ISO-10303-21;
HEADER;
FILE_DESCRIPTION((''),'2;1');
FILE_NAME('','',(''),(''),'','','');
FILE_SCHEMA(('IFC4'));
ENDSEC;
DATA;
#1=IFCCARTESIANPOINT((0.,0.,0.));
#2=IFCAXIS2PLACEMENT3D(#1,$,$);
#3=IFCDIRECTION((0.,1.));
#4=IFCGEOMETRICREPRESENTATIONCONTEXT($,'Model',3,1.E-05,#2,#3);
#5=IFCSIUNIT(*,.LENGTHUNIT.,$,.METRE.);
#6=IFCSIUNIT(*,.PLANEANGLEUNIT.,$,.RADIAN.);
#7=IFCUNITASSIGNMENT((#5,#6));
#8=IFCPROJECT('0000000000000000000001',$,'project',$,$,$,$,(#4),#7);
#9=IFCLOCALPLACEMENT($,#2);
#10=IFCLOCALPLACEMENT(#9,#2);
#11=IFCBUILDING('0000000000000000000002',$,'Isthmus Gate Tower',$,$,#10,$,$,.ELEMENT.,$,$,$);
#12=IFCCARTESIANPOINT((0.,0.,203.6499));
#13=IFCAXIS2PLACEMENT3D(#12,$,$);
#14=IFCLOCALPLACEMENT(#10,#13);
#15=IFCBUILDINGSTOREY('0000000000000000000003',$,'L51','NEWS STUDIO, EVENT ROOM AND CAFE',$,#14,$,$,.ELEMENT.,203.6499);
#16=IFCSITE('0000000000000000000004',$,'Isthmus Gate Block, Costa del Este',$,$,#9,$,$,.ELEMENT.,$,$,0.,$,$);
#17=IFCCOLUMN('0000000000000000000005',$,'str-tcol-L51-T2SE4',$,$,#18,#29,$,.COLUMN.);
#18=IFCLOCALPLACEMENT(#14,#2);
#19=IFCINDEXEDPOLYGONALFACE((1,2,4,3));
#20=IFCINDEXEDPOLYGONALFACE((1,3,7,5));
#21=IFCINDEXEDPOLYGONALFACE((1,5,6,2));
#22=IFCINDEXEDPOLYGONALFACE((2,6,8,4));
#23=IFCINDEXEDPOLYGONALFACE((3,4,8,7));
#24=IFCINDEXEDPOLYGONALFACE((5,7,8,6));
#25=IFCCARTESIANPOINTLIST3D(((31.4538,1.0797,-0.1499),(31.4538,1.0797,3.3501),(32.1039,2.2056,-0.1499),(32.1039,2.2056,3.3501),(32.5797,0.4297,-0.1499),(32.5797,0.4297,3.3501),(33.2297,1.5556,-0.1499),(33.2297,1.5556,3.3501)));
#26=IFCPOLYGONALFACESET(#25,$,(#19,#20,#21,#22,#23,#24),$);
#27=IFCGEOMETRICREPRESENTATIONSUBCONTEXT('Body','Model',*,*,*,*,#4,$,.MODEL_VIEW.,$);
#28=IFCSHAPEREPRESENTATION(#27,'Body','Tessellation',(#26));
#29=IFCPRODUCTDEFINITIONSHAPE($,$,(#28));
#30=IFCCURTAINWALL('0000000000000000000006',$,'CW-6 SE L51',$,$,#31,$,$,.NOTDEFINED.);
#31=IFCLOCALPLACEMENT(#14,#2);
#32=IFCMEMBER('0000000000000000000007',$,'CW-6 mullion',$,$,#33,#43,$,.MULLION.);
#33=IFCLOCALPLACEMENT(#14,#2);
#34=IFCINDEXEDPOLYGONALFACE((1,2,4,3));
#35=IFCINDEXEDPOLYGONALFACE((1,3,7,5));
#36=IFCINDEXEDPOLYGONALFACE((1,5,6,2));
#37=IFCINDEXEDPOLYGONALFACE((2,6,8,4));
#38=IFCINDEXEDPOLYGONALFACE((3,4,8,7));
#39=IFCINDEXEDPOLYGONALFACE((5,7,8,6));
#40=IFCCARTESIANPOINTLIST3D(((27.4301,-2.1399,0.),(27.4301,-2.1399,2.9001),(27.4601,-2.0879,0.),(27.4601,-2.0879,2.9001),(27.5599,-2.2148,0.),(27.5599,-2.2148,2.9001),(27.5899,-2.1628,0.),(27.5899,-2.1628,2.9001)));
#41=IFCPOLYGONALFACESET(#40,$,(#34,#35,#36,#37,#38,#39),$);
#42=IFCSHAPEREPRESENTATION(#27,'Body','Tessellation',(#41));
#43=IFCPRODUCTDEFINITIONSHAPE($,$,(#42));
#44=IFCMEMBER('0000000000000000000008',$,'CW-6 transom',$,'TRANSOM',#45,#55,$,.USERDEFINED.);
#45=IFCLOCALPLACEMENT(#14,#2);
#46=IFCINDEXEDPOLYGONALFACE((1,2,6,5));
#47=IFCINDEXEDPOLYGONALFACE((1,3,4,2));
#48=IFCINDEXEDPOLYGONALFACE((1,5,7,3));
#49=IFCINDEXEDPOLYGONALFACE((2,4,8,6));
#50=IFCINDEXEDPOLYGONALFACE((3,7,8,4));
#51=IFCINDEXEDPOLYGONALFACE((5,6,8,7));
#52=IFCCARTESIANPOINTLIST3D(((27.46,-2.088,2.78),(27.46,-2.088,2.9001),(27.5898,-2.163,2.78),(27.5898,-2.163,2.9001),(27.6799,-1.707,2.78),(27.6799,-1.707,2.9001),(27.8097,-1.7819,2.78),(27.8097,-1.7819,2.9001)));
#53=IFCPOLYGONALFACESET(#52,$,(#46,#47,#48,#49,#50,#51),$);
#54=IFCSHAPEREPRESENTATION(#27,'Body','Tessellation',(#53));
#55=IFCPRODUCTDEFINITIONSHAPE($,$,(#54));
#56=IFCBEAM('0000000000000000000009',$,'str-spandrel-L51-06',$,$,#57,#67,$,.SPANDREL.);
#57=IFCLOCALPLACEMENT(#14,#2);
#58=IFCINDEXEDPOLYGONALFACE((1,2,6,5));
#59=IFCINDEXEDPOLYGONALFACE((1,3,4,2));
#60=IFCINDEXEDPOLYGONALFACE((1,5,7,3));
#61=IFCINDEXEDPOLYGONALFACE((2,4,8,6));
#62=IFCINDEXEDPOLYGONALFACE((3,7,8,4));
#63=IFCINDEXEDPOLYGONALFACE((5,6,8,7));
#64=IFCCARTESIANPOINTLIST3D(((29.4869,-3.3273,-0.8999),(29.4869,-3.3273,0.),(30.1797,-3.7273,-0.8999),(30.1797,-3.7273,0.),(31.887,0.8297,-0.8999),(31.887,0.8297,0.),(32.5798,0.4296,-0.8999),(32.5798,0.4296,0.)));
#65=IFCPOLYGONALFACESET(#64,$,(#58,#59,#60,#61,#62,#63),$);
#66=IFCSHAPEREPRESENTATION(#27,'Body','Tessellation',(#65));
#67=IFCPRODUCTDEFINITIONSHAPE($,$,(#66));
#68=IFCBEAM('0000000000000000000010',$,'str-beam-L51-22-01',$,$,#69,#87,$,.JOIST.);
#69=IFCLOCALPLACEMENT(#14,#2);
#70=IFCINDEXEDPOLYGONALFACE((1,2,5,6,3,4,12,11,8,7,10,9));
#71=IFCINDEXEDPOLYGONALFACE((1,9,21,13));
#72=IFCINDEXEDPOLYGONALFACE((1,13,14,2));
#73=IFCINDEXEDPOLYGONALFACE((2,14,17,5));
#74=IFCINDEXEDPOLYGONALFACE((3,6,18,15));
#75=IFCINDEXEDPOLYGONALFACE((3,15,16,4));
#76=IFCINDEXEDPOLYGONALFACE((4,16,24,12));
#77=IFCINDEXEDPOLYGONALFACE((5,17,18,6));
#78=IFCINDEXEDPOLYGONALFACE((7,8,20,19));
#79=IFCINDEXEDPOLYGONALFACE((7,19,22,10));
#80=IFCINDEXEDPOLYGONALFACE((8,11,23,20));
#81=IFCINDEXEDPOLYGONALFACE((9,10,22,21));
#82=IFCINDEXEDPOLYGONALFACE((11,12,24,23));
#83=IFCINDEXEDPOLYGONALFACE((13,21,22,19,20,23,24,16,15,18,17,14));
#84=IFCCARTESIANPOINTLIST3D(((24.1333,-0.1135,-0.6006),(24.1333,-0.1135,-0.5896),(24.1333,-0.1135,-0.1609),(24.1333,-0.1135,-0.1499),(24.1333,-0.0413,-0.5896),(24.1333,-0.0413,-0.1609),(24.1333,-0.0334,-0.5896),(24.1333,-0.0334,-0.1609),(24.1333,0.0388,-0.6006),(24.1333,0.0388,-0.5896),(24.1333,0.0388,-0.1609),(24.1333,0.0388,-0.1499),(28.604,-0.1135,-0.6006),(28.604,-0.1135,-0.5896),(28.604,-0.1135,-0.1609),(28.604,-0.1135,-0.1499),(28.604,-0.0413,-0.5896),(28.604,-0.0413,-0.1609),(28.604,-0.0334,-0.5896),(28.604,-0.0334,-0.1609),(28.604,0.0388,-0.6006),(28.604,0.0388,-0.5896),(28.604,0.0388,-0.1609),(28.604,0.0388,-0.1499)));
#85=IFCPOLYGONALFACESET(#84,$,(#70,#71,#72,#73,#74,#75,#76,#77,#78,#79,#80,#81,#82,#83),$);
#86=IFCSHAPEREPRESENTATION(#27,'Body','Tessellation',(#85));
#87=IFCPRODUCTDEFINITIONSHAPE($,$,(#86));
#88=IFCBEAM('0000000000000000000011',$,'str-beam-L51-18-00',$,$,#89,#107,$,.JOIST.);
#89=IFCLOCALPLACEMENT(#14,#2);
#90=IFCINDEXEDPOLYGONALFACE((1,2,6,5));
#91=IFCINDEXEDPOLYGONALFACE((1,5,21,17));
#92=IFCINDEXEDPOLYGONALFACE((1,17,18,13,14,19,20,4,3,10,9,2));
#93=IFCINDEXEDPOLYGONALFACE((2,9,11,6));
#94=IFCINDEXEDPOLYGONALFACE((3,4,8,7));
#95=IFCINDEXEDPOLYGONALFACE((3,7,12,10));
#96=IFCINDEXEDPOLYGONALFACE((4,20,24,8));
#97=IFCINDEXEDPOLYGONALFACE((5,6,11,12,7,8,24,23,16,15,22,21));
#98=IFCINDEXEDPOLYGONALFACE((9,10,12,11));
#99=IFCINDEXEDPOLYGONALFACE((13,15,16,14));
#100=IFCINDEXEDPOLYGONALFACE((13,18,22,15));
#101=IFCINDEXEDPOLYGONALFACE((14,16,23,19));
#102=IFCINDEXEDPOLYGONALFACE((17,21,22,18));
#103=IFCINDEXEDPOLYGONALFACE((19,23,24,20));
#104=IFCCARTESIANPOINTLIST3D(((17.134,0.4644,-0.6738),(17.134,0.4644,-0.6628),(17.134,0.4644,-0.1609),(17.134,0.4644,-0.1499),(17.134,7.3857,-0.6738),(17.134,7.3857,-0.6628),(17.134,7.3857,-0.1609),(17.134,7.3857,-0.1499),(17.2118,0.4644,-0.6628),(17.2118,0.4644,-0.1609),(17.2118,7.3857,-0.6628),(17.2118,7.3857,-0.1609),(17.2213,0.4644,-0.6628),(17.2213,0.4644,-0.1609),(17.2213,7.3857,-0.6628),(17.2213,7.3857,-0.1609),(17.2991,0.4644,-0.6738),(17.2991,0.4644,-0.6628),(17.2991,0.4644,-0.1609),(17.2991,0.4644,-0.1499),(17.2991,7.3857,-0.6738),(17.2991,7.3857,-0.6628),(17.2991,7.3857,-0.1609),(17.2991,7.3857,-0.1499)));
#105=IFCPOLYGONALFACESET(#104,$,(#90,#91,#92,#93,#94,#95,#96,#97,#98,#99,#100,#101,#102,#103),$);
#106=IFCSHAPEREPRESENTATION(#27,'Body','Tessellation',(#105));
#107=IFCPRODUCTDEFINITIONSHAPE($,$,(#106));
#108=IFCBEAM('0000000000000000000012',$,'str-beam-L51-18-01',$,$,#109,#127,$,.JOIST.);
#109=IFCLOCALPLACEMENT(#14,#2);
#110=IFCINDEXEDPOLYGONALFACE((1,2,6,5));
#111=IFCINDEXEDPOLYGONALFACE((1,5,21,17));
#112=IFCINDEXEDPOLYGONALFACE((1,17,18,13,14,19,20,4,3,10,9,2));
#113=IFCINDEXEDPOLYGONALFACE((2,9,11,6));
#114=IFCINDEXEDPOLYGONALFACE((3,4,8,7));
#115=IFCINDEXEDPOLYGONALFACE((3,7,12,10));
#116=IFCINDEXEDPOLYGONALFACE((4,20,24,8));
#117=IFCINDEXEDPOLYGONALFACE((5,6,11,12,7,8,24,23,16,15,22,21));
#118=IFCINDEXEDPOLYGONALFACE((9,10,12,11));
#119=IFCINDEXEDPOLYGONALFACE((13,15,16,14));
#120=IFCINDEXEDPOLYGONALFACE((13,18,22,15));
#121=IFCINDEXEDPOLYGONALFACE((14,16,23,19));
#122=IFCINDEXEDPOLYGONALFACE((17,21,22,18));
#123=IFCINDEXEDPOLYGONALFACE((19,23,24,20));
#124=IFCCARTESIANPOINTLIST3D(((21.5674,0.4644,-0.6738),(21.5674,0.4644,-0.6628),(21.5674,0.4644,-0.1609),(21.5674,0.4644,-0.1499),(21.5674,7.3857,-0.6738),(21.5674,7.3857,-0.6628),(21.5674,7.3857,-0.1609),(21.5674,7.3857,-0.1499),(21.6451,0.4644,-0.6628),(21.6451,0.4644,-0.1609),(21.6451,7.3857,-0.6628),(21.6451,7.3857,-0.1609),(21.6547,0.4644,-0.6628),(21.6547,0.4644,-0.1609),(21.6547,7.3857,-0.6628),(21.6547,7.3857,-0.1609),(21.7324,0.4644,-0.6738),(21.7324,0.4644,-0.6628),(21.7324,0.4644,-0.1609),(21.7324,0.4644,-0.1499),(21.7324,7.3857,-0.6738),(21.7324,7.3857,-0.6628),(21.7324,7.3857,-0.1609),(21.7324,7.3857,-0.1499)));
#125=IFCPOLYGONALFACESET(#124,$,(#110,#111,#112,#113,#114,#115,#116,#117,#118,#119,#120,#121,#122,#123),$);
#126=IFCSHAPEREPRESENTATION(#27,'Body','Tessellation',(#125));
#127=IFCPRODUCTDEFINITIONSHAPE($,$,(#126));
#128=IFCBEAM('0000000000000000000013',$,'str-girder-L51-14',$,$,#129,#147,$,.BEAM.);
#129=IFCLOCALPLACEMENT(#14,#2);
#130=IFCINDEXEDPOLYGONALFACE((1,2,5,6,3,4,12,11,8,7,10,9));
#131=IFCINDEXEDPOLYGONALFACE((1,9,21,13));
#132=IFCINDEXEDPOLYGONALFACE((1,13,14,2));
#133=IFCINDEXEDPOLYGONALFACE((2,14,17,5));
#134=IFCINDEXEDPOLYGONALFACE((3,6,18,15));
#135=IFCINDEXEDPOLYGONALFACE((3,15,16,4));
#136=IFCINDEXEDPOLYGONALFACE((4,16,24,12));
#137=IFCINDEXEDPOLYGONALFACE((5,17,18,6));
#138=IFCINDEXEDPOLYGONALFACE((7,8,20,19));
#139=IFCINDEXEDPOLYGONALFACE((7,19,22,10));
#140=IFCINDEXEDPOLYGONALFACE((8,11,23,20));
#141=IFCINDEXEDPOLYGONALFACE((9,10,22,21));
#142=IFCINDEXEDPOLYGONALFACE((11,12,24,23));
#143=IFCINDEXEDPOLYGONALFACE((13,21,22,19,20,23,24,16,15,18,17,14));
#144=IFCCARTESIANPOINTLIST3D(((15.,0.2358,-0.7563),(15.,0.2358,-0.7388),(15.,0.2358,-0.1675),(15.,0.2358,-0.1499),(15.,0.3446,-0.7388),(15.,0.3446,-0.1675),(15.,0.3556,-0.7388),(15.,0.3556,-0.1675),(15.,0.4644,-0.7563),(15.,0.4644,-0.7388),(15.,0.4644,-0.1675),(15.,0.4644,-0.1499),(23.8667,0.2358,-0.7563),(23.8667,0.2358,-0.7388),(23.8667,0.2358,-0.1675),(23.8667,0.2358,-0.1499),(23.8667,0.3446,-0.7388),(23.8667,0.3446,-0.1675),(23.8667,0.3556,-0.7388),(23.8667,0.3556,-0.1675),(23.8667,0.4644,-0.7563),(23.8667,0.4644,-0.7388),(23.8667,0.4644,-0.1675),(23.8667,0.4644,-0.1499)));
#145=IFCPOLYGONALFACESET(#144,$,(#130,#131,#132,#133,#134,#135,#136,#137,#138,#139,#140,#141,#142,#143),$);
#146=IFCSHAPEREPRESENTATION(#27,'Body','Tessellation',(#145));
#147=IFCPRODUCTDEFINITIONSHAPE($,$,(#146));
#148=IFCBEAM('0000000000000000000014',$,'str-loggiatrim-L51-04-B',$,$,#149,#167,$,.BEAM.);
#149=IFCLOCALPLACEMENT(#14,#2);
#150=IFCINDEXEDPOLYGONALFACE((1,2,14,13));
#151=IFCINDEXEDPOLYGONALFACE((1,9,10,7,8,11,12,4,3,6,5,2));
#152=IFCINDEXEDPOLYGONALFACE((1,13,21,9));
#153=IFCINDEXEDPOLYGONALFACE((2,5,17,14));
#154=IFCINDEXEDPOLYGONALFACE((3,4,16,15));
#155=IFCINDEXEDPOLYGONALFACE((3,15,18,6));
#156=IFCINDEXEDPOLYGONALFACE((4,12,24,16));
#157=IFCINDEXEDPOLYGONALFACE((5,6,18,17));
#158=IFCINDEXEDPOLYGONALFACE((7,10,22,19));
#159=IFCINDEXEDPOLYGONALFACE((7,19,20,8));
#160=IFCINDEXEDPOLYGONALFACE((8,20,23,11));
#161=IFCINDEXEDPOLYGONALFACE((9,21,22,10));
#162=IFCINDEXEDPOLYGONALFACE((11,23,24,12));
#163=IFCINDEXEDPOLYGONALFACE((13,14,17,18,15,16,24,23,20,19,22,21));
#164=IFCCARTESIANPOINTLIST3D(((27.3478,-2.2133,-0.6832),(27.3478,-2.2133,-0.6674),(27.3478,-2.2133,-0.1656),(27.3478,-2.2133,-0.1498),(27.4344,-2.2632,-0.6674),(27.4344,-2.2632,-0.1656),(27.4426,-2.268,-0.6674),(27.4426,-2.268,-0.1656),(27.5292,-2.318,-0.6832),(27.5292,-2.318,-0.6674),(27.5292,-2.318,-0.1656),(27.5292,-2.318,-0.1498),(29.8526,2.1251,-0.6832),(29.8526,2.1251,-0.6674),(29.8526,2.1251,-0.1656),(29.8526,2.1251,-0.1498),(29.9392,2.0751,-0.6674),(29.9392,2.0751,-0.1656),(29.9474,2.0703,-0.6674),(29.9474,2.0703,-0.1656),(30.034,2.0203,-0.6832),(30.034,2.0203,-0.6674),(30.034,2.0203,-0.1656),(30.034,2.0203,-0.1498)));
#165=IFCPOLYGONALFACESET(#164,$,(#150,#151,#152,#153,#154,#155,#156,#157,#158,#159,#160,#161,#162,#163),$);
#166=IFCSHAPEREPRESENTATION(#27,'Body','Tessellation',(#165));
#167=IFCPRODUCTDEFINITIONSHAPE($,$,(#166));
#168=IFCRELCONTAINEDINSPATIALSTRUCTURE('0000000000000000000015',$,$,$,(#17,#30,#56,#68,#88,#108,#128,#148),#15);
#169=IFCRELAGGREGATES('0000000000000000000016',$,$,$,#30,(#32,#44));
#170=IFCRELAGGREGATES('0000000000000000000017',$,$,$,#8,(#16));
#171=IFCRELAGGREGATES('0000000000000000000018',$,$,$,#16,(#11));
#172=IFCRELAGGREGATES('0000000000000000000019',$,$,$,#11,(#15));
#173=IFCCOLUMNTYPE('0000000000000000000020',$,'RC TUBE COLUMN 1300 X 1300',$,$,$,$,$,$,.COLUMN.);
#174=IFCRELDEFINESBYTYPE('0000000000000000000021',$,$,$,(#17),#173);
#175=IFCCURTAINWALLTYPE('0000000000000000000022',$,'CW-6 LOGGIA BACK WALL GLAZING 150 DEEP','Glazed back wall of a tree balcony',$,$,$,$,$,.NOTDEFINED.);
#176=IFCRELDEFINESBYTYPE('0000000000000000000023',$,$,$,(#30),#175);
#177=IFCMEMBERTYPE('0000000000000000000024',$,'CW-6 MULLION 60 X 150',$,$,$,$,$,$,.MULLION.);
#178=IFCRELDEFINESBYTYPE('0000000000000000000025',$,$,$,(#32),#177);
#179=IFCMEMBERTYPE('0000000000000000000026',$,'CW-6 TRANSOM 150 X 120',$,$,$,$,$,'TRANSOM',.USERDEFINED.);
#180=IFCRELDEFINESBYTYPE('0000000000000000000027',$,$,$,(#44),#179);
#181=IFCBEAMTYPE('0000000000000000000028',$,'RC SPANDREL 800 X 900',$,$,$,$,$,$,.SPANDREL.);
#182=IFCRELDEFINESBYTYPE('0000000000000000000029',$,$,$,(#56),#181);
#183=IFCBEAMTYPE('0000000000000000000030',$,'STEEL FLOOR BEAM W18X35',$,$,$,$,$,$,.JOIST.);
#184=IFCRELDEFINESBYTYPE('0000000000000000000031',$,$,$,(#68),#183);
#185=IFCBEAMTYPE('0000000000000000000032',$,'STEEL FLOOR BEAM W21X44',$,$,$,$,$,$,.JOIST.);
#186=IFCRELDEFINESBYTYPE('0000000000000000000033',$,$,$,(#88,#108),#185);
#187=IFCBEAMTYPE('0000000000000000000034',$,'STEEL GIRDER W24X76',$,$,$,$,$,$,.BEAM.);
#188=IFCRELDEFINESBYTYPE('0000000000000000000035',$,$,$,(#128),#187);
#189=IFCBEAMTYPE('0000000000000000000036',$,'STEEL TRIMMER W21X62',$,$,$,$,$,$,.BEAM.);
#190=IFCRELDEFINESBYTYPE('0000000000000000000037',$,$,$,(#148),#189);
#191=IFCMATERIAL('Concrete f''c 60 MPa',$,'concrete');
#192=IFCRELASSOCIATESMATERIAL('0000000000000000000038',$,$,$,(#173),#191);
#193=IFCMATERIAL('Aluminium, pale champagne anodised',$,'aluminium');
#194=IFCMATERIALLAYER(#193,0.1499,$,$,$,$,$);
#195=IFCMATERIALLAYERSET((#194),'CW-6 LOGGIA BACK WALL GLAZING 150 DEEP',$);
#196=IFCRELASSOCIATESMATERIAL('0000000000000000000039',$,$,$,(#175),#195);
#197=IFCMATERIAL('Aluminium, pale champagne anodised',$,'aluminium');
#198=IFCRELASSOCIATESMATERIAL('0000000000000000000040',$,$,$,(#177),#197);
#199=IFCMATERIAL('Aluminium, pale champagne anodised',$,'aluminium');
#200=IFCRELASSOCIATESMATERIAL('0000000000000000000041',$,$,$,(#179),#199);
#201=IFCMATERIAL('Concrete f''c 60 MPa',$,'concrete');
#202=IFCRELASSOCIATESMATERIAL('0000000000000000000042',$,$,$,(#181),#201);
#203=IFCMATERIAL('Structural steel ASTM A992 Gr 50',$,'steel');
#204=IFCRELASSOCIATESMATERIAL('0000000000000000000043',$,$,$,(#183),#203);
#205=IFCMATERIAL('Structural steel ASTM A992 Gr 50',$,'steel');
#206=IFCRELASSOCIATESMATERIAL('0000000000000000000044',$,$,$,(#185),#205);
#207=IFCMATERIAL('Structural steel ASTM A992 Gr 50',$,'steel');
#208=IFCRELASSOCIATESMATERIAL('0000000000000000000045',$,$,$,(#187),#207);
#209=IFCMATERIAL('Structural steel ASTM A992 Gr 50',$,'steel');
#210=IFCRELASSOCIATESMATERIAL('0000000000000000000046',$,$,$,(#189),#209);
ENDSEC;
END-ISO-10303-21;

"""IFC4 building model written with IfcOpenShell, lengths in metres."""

from ifc_helpers import new_model, si_unit, direction, frame, origin, origin_2d, place, context, subcontext, project, spatial, rectangle, i_section, extrude, material, layer, layer_set, material_profile, profile_set, type_object, element, aggregate, save


model = new_model("IFC4")

# Units and contexts
model_context = context("Model", 3, precision=1e-05, world=origin(), true_north=direction((0.0, 1.0)))
body_context = subcontext(model_context, "Body", "Model", "MODEL_VIEW")
ifc_project = project(units=[si_unit("LENGTHUNIT", "METRE"), si_unit("PLANEANGLEUNIT", "RADIAN")], contexts=[model_context])

# Site, building, storey
site_placement = place(None, origin())
site = spatial("IfcSite", under=ifc_project, at=site_placement, Name="Isthmus Gate Block, Costa del Este", CompositionType="ELEMENT", RefElevation=0.0)
building_placement = place(site_placement, origin())
building = spatial("IfcBuilding", under=site, at=building_placement, Name="Isthmus Gate Tower", CompositionType="ELEMENT")
storey_placement = place(building_placement, frame((0.0, 0.0, 203.6499)))
storey = spatial("IfcBuildingStorey", under=building, at=storey_placement, Name="L51", Description="NEWS STUDIO, EVENT ROOM AND CAFE", CompositionType="ELEMENT", Elevation=203.6499)

# Column
ifc_material_1 = material(Name="Concrete f'c 60 MPa", Category="concrete")
ifc_material_profile_1 = material_profile(ifc_material_1, rectangle(XDim=1.3, YDim=1.3, at=origin_2d()), Name="RC 1300X1300")
ifc_profile_set_1 = profile_set([ifc_material_profile_1], Name="Concrete f'c 60 MPa")
column_type = type_object("IfcColumnType", Name="RC TUBE COLUMN 1300 X 1300", PredefinedType="COLUMN", material=ifc_profile_set_1)
column_placement = place(storey_placement, frame((32.3418, 1.3176, -0.1499), z_axis=(0.0, 0.0, 1.0), x_axis=(0.5, 0.866025, 0.0)))
element("IfcColumn", 1, at=column_placement, inside=storey, type_object=column_type, Name="str-tcol-L51-T2SE4", PredefinedType="COLUMN", context=body_context, shape_type="SweptSolid", body=[
    extrude(rectangle(XDim=1.3, YDim=1.3, at=origin_2d()), origin(), (0.0, 0.0, 1.0), 3.5),
])

# Curtain wall, members
ifc_material_2 = material(Name="Aluminium, pale champagne anodised", Category="aluminium")
ifc_layer_1 = layer(ifc_material_2, 0.1499)
ifc_layer_set_1 = layer_set([ifc_layer_1], Name="CW-6 LOGGIA BACK WALL GLAZING 150 DEEP")
curtain_wall_type = type_object("IfcCurtainWallType", Name="CW-6 LOGGIA BACK WALL GLAZING 150 DEEP", Description="Glazed back wall of a tree balcony", PredefinedType="NOTDEFINED", material=ifc_layer_set_1)
curtain_wall_placement = place(storey_placement, origin())
curtain_wall = element("IfcCurtainWall", 2, at=curtain_wall_placement, inside=storey, type_object=curtain_wall_type, Name="CW-6 SE L51", PredefinedType="NOTDEFINED")
ifc_material_3 = material(Name="Aluminium, pale champagne anodised", Category="aluminium")
ifc_material_profile_2 = material_profile(ifc_material_3, rectangle(XDim=0.0601, YDim=0.1499, at=origin_2d()), Name="60x150")
ifc_profile_set_2 = profile_set([ifc_material_profile_2], Name="Aluminium, pale champagne anodised")
member_type_1 = type_object("IfcMemberType", Name="CW-6 MULLION 60 X 150", PredefinedType="MULLION", material=ifc_profile_set_2)
member_1_placement = place(storey_placement, frame((27.51, -2.1514, 0.0), z_axis=(0.0, 0.0, 1.0), x_axis=(0.5, 0.866025, 0.0)))
member_1 = element("IfcMember", 3, at=member_1_placement, type_object=member_type_1, Name="CW-6 mullion", PredefinedType="MULLION", context=body_context, shape_type="SweptSolid", body=[
    extrude(rectangle(XDim=0.0601, YDim=0.1499, at=origin_2d()), origin(), (0.0, 0.0, 1.0), 2.9001),
])
ifc_material_4 = material(Name="Aluminium, pale champagne anodised", Category="aluminium")
ifc_material_profile_3 = material_profile(ifc_material_4, rectangle(XDim=0.1499, YDim=0.1201, at=origin_2d()), Name="150x120")
ifc_profile_set_3 = profile_set([ifc_material_profile_3], Name="Aluminium, pale champagne anodised")
member_type_2 = type_object("IfcMemberType", Name="CW-6 TRANSOM 150 X 120", ElementType="TRANSOM", PredefinedType="USERDEFINED", material=ifc_profile_set_3)
member_2_placement = place(storey_placement, frame((27.5249, -2.1255, 2.8401), z_axis=(0.499899, 0.866084, 0.0), x_axis=(-0.866084, 0.499899, 0.0)))
member_2 = element("IfcMember", 4, at=member_2_placement, type_object=member_type_2, Name="CW-6 transom", ObjectType="TRANSOM", PredefinedType="USERDEFINED", context=body_context, shape_type="SweptSolid", body=[
    extrude(rectangle(XDim=0.1499, YDim=0.1201, at=origin_2d()), origin(), (0.0, 0.0, 1.0), 0.4399),
])

# Beams
ifc_material_5 = material(Name="Concrete f'c 60 MPa", Category="concrete")
ifc_material_profile_4 = material_profile(ifc_material_5, rectangle(XDim=0.8, YDim=0.8999, at=origin_2d()), Name="RC 800X900")
ifc_profile_set_4 = profile_set([ifc_material_profile_4], Name="Concrete f'c 60 MPa")
beam_type_1 = type_object("IfcBeamType", Name="RC SPANDREL 800 X 900", PredefinedType="SPANDREL", material=ifc_profile_set_4)
beam_1_placement = place(storey_placement, frame((32.2334, 0.6296, -0.45), z_axis=(-0.500017, -0.866015, 0.0), x_axis=(0.866015, -0.500017, 0.0)))
element("IfcBeam", 5, at=beam_1_placement, inside=storey, type_object=beam_type_1, Name="str-spandrel-L51-06", PredefinedType="SPANDREL", context=body_context, shape_type="SweptSolid", body=[
    extrude(rectangle(XDim=0.8, YDim=0.8999, at=origin_2d()), origin(), (0.0, 0.0, 1.0), 4.8),
])
ifc_material_6 = material(Name="Structural steel ASTM A992 Gr 50", Category="steel")
ifc_material_profile_5 = material_profile(ifc_material_6, i_section(OverallWidth=0.1523, OverallDepth=0.4507, WebThickness=0.0078, FlangeThickness=0.011, at=origin_2d()), Name="W18X35")
ifc_profile_set_5 = profile_set([ifc_material_profile_5], Name="Structural steel ASTM A992 Gr 50")
beam_type_2 = type_object("IfcBeamType", Name="STEEL FLOOR BEAM W18X35", PredefinedType="JOIST", material=ifc_profile_set_5)
beam_2_placement = place(storey_placement, frame((24.1333, -0.0374, -0.3752), z_axis=(1.0, 0.0, 0.0), x_axis=(0.0, 1.0, 0.0)))
element("IfcBeam", 6, at=beam_2_placement, inside=storey, type_object=beam_type_2, Name="str-beam-L51-22-01", PredefinedType="JOIST", context=body_context, shape_type="SweptSolid", body=[
    extrude(i_section(OverallWidth=0.1523, OverallDepth=0.4507, WebThickness=0.0078, FlangeThickness=0.011, at=origin_2d()), origin(), (0.0, 0.0, 1.0), 4.4707),
])
ifc_material_7 = material(Name="Structural steel ASTM A992 Gr 50", Category="steel")
ifc_material_profile_6 = material_profile(ifc_material_7, i_section(OverallWidth=0.165, OverallDepth=0.5239, WebThickness=0.0095, FlangeThickness=0.011, at=origin_2d()), Name="W21X44")
ifc_profile_set_6 = profile_set([ifc_material_profile_6], Name="Structural steel ASTM A992 Gr 50")
beam_type_3 = type_object("IfcBeamType", Name="STEEL FLOOR BEAM W21X44", PredefinedType="JOIST", material=ifc_profile_set_6)
for number, where, z_axis, x_axis, name in (
    (7, (17.2166, 0.4644, -0.4119), (0.0, 1.0, 0.0), (-1.0, 0.0, 0.0), "str-beam-L51-18-00"),
    (8, (21.6499, 0.4644, -0.4119), (0.0, 1.0, 0.0), (-1.0, 0.0, 0.0), "str-beam-L51-18-01"),
):
    element("IfcBeam", number, at=place(storey_placement, frame(where, z_axis=z_axis, x_axis=x_axis)), inside=storey, type_object=beam_type_3, Name=name, PredefinedType="JOIST", context=body_context, shape_type="SweptSolid", body=[
        extrude(i_section(OverallWidth=0.165, OverallDepth=0.5239, WebThickness=0.0095, FlangeThickness=0.011, at=origin_2d()), origin(), (0.0, 0.0, 1.0), 6.9214),
    ])
ifc_material_8 = material(Name="Structural steel ASTM A992 Gr 50", Category="steel")
ifc_material_profile_7 = material_profile(ifc_material_8, i_section(OverallWidth=0.2285, OverallDepth=0.6064, WebThickness=0.011, FlangeThickness=0.0176, at=origin_2d()), Name="W24X76")
ifc_profile_set_7 = profile_set([ifc_material_profile_7], Name="Structural steel ASTM A992 Gr 50")
beam_type_4 = type_object("IfcBeamType", Name="STEEL GIRDER W24X76", PredefinedType="BEAM", material=ifc_profile_set_7)
beam_3_placement = place(storey_placement, frame((15.0, 0.3501, -0.4531), z_axis=(1.0, 0.0, 0.0), x_axis=(0.0, 1.0, 0.0)))
element("IfcBeam", 9, at=beam_3_placement, inside=storey, type_object=beam_type_4, Name="str-girder-L51-14", PredefinedType="BEAM", context=body_context, shape_type="SweptSolid", body=[
    extrude(i_section(OverallWidth=0.2285, OverallDepth=0.6064, WebThickness=0.011, FlangeThickness=0.0176, at=origin_2d()), origin(), (0.0, 0.0, 1.0), 8.8667),
])
ifc_material_9 = material(Name="Structural steel ASTM A992 Gr 50", Category="steel")
ifc_material_profile_8 = material_profile(ifc_material_9, i_section(OverallWidth=0.2095, OverallDepth=0.5334, WebThickness=0.0095, FlangeThickness=0.0159, at=origin_2d()), Name="W21X62")
ifc_profile_set_8 = profile_set([ifc_material_profile_8], Name="Structural steel ASTM A992 Gr 50")
beam_type_5 = type_object("IfcBeamType", Name="STEEL TRIMMER W21X62", PredefinedType="BEAM", material=ifc_profile_set_8)
beam_4_placement = place(storey_placement, frame((27.4385, -2.2656, -0.4165), z_axis=(0.500018, 0.866015, 0.0), x_axis=(-0.866015, 0.500018, 0.0)))
element("IfcBeam", 10, at=beam_4_placement, inside=storey, type_object=beam_type_5, Name="str-loggiatrim-L51-04-B", PredefinedType="BEAM", context=body_context, shape_type="SweptSolid", body=[
    extrude(i_section(OverallWidth=0.2095, OverallDepth=0.5334, WebThickness=0.0095, FlangeThickness=0.0159, at=origin_2d()), origin(), (0.0, 0.0, 1.0), 5.0095),
])

aggregate(curtain_wall, [member_1, member_2])

save(model, "model.ifc")
